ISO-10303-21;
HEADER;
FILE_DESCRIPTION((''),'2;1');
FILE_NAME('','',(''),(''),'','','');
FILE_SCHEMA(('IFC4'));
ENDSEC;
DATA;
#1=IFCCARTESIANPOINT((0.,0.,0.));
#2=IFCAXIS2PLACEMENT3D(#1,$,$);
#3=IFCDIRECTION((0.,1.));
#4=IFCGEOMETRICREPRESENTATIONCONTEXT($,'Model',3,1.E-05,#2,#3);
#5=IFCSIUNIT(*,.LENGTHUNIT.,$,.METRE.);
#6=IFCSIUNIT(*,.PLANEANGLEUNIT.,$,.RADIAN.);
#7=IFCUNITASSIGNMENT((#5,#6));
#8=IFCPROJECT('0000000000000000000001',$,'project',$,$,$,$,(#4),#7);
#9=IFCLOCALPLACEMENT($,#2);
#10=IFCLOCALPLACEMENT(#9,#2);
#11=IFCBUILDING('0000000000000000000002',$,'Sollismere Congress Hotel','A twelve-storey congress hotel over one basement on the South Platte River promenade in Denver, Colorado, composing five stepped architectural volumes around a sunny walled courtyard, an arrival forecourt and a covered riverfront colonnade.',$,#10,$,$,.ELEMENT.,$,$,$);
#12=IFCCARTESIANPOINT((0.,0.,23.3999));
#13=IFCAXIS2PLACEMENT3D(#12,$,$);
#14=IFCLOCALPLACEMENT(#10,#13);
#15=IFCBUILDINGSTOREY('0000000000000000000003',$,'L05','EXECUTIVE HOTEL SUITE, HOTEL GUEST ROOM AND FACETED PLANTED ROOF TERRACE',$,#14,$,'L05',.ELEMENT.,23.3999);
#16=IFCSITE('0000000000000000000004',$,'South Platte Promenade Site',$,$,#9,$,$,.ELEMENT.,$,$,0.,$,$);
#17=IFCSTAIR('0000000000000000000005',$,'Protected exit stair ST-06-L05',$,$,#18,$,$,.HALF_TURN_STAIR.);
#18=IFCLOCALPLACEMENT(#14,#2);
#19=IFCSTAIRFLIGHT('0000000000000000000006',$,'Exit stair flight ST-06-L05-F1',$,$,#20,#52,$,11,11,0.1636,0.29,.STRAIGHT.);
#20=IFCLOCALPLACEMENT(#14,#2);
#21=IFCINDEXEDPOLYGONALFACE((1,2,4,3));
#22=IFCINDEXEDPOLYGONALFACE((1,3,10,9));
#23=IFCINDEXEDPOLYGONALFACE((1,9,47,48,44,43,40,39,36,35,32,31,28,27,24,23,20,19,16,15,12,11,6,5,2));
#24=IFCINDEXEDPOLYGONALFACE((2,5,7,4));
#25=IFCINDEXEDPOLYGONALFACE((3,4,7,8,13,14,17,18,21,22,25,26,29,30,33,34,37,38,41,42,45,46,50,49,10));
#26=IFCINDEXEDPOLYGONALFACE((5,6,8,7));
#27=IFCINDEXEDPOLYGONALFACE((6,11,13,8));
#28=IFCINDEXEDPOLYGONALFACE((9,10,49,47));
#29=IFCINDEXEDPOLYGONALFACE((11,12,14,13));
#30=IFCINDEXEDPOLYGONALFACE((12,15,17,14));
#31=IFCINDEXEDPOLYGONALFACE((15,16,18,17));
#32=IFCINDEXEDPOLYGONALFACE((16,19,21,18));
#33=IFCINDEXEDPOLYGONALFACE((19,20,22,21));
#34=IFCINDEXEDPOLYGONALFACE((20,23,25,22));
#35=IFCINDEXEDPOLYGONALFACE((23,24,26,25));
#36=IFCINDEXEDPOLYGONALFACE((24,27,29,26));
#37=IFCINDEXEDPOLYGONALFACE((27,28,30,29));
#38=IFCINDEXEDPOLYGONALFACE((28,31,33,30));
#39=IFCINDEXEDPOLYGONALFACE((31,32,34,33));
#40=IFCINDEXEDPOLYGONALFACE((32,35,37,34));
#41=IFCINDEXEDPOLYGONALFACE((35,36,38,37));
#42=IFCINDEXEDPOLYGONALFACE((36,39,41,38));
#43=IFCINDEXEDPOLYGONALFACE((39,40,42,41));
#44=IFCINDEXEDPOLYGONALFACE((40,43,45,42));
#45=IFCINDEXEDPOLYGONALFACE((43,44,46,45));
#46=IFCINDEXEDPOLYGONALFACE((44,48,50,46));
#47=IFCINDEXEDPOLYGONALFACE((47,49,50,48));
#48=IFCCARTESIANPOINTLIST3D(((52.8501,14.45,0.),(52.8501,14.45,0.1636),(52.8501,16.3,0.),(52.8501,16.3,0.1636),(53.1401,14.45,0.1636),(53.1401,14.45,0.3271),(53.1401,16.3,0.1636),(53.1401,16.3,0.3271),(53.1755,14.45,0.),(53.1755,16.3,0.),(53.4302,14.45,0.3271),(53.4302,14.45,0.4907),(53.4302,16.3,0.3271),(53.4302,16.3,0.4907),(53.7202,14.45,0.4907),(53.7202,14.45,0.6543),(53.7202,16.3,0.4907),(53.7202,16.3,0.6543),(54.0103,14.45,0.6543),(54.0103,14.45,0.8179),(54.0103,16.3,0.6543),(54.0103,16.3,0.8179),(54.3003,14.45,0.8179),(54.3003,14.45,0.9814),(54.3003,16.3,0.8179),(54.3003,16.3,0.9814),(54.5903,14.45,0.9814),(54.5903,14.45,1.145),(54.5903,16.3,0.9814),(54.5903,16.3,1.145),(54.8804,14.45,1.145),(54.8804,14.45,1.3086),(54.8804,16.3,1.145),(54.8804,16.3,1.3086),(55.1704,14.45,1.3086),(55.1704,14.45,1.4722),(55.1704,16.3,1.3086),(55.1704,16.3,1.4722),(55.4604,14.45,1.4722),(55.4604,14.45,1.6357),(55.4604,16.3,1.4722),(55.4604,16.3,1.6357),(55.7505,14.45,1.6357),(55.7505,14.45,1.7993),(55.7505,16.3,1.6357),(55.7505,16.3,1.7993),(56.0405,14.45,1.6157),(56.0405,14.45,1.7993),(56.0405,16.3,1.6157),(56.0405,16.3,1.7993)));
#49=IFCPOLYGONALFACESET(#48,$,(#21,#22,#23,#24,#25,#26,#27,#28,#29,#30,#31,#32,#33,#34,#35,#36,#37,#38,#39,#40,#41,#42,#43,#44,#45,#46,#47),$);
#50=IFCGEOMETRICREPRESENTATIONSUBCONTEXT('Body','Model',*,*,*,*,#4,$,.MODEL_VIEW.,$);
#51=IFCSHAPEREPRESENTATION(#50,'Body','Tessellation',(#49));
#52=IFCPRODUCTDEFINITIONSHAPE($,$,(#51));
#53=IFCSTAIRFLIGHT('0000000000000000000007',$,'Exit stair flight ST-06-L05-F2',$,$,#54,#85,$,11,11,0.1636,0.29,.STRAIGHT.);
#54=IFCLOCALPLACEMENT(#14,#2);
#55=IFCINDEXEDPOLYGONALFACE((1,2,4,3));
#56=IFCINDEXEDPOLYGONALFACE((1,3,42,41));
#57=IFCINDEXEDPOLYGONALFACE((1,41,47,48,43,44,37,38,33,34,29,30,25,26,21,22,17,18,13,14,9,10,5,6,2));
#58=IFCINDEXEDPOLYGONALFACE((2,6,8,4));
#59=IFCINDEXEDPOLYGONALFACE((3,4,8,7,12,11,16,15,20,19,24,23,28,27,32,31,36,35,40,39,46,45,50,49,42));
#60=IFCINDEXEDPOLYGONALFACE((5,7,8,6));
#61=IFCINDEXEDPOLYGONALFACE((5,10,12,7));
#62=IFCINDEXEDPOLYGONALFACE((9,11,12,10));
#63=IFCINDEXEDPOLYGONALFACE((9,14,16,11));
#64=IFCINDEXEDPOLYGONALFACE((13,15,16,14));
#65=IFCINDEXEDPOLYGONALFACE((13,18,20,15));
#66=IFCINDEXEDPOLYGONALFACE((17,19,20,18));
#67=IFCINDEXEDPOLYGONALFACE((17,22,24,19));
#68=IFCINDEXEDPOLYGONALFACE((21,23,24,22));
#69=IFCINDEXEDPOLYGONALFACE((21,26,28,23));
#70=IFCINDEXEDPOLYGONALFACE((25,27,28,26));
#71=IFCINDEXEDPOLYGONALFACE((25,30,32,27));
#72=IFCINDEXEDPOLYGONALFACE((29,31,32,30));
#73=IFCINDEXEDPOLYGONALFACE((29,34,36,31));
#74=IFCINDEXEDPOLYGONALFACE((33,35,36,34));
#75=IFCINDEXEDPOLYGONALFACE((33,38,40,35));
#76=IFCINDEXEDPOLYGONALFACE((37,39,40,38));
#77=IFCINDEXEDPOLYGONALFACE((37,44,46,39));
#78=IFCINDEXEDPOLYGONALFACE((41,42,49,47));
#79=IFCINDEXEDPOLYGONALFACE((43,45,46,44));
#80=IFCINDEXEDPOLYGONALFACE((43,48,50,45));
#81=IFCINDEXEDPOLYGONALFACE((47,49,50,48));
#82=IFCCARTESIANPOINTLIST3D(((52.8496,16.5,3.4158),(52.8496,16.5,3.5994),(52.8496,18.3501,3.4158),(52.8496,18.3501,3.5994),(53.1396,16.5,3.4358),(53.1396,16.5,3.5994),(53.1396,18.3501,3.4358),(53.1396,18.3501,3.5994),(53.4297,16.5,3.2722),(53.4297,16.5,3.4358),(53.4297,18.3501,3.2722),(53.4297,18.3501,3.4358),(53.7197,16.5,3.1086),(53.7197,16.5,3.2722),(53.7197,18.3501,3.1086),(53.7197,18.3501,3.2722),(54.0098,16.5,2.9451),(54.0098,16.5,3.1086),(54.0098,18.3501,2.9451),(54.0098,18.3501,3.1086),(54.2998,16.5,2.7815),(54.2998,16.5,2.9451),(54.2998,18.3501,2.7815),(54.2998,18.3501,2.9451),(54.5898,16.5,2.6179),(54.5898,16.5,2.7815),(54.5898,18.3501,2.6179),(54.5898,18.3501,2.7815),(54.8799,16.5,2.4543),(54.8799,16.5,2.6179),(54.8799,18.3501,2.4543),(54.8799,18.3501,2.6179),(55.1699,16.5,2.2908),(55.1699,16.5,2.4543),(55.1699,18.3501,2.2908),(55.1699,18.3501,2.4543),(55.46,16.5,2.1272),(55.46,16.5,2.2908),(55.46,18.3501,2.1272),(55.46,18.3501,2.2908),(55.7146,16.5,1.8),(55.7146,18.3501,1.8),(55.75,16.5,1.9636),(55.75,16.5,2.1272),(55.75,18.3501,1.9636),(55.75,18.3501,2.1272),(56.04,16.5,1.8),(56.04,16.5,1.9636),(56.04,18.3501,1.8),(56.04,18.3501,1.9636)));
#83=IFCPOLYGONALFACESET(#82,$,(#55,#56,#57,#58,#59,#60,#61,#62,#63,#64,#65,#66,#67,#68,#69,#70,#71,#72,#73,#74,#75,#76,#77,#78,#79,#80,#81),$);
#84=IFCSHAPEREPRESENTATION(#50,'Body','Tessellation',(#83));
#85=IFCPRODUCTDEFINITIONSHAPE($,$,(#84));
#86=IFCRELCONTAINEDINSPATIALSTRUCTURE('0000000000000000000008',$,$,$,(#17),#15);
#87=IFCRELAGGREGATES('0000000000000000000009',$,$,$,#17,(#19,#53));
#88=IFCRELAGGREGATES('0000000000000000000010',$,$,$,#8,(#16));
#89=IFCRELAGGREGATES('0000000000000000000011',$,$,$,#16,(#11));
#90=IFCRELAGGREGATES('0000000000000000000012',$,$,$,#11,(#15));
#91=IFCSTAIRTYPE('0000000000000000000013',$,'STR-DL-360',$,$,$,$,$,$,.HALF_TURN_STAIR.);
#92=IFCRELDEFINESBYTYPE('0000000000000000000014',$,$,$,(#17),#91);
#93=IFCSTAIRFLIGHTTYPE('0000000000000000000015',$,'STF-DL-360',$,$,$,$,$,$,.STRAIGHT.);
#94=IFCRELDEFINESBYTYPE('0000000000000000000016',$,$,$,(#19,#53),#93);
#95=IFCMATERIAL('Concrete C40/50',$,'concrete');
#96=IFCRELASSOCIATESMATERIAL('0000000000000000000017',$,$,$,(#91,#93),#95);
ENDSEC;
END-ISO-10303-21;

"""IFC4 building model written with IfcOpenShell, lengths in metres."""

from ifc_helpers import new_model, si_unit, direction, frame, origin, place, context, subcontext, project, spatial, polyline, outline, extrude, material, type_object, element, aggregate, save


model = new_model("IFC4")

# Units and contexts
model_context = context("Model", 3, precision=1e-05, world=origin(), true_north=direction((0.0, 1.0)))
body_context = subcontext(model_context, "Body", "Model", "MODEL_VIEW")
ifc_project = project(units=[si_unit("LENGTHUNIT", "METRE"), si_unit("PLANEANGLEUNIT", "RADIAN")], contexts=[model_context])

# Site, building, storey
site_placement = place(None, origin())
site = spatial("IfcSite", under=ifc_project, at=site_placement, Name="South Platte Promenade Site", CompositionType="ELEMENT", RefElevation=0.0)
building_placement = place(site_placement, origin())
building = spatial("IfcBuilding", under=site, at=building_placement, Name="Sollismere Congress Hotel", Description="A twelve-storey congress hotel over one basement on the South Platte River promenade in Denver, Colorado, composing five stepped architectural volumes around a sunny walled courtyard, an arrival forecourt and a covered riverfront colonnade.", CompositionType="ELEMENT")
storey_placement = place(building_placement, frame((0.0, 0.0, 23.3999)))
storey = spatial("IfcBuildingStorey", under=building, at=storey_placement, Name="L05", Description="EXECUTIVE HOTEL SUITE, HOTEL GUEST ROOM AND FACETED PLANTED ROOF TERRACE", LongName="L05", CompositionType="ELEMENT", Elevation=23.3999)

# Stair, stair flights
ifc_material_1 = material(Name="Concrete C40/50", Category="concrete")
stair_type = type_object("IfcStairType", Name="STR-DL-360", PredefinedType="HALF_TURN_STAIR", material=ifc_material_1)
stair_placement = place(storey_placement, origin())
stair = element("IfcStair", 1, at=stair_placement, inside=storey, type_object=stair_type, Name="Protected exit stair ST-06-L05", PredefinedType="HALF_TURN_STAIR")
stair_flight_type = type_object("IfcStairFlightType", Name="STF-DL-360", PredefinedType="STRAIGHT", material=ifc_material_1)
stair_flight_1_placement = place(storey_placement, frame((52.8501, 15.375, 0.0), z_axis=(0.0, 0.0, 1.0), x_axis=(1.0, 0.0, 0.0)))
stair_flight_1 = element("IfcStairFlight", 2, at=stair_flight_1_placement, type_object=stair_flight_type, Name="Exit stair flight ST-06-L05-F1", NumberOfRisers=11, NumberOfTreads=11, PredefinedType="STRAIGHT", RiserHeight=0.1636, TreadLength=0.29, context=body_context, shape_type="SweptSolid", body=[
    extrude(outline(polyline([(0.0, 0.0), (0.0, 0.1636), (0.29, 0.1636), (0.29, 0.3271), (0.5801, 0.3271), (0.5801, 0.4907), (0.8701, 0.4907), (0.8701, 0.6543), (1.1602, 0.6543), (1.1602, 0.8179), (1.4502, 0.8179), (1.4502, 0.9814), (1.7402, 0.9814), (1.7402, 1.145), (2.0303, 1.145), (2.0303, 1.3086), (2.3203, 1.3086), (2.3203, 1.4722), (2.6104, 1.4722), (2.6104, 1.6357), (2.9004, 1.6357), (2.9004, 1.7993), (3.1904, 1.7993), (3.1904, 1.6157), (0.3254, 0.0), (0.0, 0.0)])), frame((0.0, 0.925, 0.0), z_axis=(0.0, -1.0, 0.0), x_axis=(1.0, 0.0, 0.0)), (0.0, 0.0, 1.0), 1.8501),
])
stair_flight_2_placement = place(storey_placement, frame((56.04, 17.425, 1.8), z_axis=(0.0, 0.0, 1.0), x_axis=(-1.0, 0.0, 0.0)))
stair_flight_2 = element("IfcStairFlight", 3, at=stair_flight_2_placement, type_object=stair_flight_type, Name="Exit stair flight ST-06-L05-F2", NumberOfRisers=11, NumberOfTreads=11, PredefinedType="STRAIGHT", RiserHeight=0.1636, TreadLength=0.29, context=body_context, shape_type="SweptSolid", body=[
    extrude(outline(polyline([(0.0, 0.0), (0.0, 0.1636), (0.29, 0.1636), (0.29, 0.3271), (0.5801, 0.3271), (0.5801, 0.4907), (0.8701, 0.4907), (0.8701, 0.6543), (1.1602, 0.6543), (1.1602, 0.8179), (1.4502, 0.8179), (1.4502, 0.9814), (1.7402, 0.9814), (1.7402, 1.145), (2.0303, 1.145), (2.0303, 1.3086), (2.3203, 1.3086), (2.3203, 1.4722), (2.6104, 1.4722), (2.6104, 1.6357), (2.9004, 1.6357), (2.9004, 1.7993), (3.1904, 1.7993), (3.1904, 1.6157), (0.3254, 0.0), (0.0, 0.0)])), frame((0.0, 0.925, 0.0), z_axis=(0.0, -1.0, 0.0), x_axis=(1.0, 0.0, 0.0)), (0.0, 0.0, 1.0), 1.8501),
])
aggregate(stair, [stair_flight_1, stair_flight_2])

save(model, "model.ifc")
